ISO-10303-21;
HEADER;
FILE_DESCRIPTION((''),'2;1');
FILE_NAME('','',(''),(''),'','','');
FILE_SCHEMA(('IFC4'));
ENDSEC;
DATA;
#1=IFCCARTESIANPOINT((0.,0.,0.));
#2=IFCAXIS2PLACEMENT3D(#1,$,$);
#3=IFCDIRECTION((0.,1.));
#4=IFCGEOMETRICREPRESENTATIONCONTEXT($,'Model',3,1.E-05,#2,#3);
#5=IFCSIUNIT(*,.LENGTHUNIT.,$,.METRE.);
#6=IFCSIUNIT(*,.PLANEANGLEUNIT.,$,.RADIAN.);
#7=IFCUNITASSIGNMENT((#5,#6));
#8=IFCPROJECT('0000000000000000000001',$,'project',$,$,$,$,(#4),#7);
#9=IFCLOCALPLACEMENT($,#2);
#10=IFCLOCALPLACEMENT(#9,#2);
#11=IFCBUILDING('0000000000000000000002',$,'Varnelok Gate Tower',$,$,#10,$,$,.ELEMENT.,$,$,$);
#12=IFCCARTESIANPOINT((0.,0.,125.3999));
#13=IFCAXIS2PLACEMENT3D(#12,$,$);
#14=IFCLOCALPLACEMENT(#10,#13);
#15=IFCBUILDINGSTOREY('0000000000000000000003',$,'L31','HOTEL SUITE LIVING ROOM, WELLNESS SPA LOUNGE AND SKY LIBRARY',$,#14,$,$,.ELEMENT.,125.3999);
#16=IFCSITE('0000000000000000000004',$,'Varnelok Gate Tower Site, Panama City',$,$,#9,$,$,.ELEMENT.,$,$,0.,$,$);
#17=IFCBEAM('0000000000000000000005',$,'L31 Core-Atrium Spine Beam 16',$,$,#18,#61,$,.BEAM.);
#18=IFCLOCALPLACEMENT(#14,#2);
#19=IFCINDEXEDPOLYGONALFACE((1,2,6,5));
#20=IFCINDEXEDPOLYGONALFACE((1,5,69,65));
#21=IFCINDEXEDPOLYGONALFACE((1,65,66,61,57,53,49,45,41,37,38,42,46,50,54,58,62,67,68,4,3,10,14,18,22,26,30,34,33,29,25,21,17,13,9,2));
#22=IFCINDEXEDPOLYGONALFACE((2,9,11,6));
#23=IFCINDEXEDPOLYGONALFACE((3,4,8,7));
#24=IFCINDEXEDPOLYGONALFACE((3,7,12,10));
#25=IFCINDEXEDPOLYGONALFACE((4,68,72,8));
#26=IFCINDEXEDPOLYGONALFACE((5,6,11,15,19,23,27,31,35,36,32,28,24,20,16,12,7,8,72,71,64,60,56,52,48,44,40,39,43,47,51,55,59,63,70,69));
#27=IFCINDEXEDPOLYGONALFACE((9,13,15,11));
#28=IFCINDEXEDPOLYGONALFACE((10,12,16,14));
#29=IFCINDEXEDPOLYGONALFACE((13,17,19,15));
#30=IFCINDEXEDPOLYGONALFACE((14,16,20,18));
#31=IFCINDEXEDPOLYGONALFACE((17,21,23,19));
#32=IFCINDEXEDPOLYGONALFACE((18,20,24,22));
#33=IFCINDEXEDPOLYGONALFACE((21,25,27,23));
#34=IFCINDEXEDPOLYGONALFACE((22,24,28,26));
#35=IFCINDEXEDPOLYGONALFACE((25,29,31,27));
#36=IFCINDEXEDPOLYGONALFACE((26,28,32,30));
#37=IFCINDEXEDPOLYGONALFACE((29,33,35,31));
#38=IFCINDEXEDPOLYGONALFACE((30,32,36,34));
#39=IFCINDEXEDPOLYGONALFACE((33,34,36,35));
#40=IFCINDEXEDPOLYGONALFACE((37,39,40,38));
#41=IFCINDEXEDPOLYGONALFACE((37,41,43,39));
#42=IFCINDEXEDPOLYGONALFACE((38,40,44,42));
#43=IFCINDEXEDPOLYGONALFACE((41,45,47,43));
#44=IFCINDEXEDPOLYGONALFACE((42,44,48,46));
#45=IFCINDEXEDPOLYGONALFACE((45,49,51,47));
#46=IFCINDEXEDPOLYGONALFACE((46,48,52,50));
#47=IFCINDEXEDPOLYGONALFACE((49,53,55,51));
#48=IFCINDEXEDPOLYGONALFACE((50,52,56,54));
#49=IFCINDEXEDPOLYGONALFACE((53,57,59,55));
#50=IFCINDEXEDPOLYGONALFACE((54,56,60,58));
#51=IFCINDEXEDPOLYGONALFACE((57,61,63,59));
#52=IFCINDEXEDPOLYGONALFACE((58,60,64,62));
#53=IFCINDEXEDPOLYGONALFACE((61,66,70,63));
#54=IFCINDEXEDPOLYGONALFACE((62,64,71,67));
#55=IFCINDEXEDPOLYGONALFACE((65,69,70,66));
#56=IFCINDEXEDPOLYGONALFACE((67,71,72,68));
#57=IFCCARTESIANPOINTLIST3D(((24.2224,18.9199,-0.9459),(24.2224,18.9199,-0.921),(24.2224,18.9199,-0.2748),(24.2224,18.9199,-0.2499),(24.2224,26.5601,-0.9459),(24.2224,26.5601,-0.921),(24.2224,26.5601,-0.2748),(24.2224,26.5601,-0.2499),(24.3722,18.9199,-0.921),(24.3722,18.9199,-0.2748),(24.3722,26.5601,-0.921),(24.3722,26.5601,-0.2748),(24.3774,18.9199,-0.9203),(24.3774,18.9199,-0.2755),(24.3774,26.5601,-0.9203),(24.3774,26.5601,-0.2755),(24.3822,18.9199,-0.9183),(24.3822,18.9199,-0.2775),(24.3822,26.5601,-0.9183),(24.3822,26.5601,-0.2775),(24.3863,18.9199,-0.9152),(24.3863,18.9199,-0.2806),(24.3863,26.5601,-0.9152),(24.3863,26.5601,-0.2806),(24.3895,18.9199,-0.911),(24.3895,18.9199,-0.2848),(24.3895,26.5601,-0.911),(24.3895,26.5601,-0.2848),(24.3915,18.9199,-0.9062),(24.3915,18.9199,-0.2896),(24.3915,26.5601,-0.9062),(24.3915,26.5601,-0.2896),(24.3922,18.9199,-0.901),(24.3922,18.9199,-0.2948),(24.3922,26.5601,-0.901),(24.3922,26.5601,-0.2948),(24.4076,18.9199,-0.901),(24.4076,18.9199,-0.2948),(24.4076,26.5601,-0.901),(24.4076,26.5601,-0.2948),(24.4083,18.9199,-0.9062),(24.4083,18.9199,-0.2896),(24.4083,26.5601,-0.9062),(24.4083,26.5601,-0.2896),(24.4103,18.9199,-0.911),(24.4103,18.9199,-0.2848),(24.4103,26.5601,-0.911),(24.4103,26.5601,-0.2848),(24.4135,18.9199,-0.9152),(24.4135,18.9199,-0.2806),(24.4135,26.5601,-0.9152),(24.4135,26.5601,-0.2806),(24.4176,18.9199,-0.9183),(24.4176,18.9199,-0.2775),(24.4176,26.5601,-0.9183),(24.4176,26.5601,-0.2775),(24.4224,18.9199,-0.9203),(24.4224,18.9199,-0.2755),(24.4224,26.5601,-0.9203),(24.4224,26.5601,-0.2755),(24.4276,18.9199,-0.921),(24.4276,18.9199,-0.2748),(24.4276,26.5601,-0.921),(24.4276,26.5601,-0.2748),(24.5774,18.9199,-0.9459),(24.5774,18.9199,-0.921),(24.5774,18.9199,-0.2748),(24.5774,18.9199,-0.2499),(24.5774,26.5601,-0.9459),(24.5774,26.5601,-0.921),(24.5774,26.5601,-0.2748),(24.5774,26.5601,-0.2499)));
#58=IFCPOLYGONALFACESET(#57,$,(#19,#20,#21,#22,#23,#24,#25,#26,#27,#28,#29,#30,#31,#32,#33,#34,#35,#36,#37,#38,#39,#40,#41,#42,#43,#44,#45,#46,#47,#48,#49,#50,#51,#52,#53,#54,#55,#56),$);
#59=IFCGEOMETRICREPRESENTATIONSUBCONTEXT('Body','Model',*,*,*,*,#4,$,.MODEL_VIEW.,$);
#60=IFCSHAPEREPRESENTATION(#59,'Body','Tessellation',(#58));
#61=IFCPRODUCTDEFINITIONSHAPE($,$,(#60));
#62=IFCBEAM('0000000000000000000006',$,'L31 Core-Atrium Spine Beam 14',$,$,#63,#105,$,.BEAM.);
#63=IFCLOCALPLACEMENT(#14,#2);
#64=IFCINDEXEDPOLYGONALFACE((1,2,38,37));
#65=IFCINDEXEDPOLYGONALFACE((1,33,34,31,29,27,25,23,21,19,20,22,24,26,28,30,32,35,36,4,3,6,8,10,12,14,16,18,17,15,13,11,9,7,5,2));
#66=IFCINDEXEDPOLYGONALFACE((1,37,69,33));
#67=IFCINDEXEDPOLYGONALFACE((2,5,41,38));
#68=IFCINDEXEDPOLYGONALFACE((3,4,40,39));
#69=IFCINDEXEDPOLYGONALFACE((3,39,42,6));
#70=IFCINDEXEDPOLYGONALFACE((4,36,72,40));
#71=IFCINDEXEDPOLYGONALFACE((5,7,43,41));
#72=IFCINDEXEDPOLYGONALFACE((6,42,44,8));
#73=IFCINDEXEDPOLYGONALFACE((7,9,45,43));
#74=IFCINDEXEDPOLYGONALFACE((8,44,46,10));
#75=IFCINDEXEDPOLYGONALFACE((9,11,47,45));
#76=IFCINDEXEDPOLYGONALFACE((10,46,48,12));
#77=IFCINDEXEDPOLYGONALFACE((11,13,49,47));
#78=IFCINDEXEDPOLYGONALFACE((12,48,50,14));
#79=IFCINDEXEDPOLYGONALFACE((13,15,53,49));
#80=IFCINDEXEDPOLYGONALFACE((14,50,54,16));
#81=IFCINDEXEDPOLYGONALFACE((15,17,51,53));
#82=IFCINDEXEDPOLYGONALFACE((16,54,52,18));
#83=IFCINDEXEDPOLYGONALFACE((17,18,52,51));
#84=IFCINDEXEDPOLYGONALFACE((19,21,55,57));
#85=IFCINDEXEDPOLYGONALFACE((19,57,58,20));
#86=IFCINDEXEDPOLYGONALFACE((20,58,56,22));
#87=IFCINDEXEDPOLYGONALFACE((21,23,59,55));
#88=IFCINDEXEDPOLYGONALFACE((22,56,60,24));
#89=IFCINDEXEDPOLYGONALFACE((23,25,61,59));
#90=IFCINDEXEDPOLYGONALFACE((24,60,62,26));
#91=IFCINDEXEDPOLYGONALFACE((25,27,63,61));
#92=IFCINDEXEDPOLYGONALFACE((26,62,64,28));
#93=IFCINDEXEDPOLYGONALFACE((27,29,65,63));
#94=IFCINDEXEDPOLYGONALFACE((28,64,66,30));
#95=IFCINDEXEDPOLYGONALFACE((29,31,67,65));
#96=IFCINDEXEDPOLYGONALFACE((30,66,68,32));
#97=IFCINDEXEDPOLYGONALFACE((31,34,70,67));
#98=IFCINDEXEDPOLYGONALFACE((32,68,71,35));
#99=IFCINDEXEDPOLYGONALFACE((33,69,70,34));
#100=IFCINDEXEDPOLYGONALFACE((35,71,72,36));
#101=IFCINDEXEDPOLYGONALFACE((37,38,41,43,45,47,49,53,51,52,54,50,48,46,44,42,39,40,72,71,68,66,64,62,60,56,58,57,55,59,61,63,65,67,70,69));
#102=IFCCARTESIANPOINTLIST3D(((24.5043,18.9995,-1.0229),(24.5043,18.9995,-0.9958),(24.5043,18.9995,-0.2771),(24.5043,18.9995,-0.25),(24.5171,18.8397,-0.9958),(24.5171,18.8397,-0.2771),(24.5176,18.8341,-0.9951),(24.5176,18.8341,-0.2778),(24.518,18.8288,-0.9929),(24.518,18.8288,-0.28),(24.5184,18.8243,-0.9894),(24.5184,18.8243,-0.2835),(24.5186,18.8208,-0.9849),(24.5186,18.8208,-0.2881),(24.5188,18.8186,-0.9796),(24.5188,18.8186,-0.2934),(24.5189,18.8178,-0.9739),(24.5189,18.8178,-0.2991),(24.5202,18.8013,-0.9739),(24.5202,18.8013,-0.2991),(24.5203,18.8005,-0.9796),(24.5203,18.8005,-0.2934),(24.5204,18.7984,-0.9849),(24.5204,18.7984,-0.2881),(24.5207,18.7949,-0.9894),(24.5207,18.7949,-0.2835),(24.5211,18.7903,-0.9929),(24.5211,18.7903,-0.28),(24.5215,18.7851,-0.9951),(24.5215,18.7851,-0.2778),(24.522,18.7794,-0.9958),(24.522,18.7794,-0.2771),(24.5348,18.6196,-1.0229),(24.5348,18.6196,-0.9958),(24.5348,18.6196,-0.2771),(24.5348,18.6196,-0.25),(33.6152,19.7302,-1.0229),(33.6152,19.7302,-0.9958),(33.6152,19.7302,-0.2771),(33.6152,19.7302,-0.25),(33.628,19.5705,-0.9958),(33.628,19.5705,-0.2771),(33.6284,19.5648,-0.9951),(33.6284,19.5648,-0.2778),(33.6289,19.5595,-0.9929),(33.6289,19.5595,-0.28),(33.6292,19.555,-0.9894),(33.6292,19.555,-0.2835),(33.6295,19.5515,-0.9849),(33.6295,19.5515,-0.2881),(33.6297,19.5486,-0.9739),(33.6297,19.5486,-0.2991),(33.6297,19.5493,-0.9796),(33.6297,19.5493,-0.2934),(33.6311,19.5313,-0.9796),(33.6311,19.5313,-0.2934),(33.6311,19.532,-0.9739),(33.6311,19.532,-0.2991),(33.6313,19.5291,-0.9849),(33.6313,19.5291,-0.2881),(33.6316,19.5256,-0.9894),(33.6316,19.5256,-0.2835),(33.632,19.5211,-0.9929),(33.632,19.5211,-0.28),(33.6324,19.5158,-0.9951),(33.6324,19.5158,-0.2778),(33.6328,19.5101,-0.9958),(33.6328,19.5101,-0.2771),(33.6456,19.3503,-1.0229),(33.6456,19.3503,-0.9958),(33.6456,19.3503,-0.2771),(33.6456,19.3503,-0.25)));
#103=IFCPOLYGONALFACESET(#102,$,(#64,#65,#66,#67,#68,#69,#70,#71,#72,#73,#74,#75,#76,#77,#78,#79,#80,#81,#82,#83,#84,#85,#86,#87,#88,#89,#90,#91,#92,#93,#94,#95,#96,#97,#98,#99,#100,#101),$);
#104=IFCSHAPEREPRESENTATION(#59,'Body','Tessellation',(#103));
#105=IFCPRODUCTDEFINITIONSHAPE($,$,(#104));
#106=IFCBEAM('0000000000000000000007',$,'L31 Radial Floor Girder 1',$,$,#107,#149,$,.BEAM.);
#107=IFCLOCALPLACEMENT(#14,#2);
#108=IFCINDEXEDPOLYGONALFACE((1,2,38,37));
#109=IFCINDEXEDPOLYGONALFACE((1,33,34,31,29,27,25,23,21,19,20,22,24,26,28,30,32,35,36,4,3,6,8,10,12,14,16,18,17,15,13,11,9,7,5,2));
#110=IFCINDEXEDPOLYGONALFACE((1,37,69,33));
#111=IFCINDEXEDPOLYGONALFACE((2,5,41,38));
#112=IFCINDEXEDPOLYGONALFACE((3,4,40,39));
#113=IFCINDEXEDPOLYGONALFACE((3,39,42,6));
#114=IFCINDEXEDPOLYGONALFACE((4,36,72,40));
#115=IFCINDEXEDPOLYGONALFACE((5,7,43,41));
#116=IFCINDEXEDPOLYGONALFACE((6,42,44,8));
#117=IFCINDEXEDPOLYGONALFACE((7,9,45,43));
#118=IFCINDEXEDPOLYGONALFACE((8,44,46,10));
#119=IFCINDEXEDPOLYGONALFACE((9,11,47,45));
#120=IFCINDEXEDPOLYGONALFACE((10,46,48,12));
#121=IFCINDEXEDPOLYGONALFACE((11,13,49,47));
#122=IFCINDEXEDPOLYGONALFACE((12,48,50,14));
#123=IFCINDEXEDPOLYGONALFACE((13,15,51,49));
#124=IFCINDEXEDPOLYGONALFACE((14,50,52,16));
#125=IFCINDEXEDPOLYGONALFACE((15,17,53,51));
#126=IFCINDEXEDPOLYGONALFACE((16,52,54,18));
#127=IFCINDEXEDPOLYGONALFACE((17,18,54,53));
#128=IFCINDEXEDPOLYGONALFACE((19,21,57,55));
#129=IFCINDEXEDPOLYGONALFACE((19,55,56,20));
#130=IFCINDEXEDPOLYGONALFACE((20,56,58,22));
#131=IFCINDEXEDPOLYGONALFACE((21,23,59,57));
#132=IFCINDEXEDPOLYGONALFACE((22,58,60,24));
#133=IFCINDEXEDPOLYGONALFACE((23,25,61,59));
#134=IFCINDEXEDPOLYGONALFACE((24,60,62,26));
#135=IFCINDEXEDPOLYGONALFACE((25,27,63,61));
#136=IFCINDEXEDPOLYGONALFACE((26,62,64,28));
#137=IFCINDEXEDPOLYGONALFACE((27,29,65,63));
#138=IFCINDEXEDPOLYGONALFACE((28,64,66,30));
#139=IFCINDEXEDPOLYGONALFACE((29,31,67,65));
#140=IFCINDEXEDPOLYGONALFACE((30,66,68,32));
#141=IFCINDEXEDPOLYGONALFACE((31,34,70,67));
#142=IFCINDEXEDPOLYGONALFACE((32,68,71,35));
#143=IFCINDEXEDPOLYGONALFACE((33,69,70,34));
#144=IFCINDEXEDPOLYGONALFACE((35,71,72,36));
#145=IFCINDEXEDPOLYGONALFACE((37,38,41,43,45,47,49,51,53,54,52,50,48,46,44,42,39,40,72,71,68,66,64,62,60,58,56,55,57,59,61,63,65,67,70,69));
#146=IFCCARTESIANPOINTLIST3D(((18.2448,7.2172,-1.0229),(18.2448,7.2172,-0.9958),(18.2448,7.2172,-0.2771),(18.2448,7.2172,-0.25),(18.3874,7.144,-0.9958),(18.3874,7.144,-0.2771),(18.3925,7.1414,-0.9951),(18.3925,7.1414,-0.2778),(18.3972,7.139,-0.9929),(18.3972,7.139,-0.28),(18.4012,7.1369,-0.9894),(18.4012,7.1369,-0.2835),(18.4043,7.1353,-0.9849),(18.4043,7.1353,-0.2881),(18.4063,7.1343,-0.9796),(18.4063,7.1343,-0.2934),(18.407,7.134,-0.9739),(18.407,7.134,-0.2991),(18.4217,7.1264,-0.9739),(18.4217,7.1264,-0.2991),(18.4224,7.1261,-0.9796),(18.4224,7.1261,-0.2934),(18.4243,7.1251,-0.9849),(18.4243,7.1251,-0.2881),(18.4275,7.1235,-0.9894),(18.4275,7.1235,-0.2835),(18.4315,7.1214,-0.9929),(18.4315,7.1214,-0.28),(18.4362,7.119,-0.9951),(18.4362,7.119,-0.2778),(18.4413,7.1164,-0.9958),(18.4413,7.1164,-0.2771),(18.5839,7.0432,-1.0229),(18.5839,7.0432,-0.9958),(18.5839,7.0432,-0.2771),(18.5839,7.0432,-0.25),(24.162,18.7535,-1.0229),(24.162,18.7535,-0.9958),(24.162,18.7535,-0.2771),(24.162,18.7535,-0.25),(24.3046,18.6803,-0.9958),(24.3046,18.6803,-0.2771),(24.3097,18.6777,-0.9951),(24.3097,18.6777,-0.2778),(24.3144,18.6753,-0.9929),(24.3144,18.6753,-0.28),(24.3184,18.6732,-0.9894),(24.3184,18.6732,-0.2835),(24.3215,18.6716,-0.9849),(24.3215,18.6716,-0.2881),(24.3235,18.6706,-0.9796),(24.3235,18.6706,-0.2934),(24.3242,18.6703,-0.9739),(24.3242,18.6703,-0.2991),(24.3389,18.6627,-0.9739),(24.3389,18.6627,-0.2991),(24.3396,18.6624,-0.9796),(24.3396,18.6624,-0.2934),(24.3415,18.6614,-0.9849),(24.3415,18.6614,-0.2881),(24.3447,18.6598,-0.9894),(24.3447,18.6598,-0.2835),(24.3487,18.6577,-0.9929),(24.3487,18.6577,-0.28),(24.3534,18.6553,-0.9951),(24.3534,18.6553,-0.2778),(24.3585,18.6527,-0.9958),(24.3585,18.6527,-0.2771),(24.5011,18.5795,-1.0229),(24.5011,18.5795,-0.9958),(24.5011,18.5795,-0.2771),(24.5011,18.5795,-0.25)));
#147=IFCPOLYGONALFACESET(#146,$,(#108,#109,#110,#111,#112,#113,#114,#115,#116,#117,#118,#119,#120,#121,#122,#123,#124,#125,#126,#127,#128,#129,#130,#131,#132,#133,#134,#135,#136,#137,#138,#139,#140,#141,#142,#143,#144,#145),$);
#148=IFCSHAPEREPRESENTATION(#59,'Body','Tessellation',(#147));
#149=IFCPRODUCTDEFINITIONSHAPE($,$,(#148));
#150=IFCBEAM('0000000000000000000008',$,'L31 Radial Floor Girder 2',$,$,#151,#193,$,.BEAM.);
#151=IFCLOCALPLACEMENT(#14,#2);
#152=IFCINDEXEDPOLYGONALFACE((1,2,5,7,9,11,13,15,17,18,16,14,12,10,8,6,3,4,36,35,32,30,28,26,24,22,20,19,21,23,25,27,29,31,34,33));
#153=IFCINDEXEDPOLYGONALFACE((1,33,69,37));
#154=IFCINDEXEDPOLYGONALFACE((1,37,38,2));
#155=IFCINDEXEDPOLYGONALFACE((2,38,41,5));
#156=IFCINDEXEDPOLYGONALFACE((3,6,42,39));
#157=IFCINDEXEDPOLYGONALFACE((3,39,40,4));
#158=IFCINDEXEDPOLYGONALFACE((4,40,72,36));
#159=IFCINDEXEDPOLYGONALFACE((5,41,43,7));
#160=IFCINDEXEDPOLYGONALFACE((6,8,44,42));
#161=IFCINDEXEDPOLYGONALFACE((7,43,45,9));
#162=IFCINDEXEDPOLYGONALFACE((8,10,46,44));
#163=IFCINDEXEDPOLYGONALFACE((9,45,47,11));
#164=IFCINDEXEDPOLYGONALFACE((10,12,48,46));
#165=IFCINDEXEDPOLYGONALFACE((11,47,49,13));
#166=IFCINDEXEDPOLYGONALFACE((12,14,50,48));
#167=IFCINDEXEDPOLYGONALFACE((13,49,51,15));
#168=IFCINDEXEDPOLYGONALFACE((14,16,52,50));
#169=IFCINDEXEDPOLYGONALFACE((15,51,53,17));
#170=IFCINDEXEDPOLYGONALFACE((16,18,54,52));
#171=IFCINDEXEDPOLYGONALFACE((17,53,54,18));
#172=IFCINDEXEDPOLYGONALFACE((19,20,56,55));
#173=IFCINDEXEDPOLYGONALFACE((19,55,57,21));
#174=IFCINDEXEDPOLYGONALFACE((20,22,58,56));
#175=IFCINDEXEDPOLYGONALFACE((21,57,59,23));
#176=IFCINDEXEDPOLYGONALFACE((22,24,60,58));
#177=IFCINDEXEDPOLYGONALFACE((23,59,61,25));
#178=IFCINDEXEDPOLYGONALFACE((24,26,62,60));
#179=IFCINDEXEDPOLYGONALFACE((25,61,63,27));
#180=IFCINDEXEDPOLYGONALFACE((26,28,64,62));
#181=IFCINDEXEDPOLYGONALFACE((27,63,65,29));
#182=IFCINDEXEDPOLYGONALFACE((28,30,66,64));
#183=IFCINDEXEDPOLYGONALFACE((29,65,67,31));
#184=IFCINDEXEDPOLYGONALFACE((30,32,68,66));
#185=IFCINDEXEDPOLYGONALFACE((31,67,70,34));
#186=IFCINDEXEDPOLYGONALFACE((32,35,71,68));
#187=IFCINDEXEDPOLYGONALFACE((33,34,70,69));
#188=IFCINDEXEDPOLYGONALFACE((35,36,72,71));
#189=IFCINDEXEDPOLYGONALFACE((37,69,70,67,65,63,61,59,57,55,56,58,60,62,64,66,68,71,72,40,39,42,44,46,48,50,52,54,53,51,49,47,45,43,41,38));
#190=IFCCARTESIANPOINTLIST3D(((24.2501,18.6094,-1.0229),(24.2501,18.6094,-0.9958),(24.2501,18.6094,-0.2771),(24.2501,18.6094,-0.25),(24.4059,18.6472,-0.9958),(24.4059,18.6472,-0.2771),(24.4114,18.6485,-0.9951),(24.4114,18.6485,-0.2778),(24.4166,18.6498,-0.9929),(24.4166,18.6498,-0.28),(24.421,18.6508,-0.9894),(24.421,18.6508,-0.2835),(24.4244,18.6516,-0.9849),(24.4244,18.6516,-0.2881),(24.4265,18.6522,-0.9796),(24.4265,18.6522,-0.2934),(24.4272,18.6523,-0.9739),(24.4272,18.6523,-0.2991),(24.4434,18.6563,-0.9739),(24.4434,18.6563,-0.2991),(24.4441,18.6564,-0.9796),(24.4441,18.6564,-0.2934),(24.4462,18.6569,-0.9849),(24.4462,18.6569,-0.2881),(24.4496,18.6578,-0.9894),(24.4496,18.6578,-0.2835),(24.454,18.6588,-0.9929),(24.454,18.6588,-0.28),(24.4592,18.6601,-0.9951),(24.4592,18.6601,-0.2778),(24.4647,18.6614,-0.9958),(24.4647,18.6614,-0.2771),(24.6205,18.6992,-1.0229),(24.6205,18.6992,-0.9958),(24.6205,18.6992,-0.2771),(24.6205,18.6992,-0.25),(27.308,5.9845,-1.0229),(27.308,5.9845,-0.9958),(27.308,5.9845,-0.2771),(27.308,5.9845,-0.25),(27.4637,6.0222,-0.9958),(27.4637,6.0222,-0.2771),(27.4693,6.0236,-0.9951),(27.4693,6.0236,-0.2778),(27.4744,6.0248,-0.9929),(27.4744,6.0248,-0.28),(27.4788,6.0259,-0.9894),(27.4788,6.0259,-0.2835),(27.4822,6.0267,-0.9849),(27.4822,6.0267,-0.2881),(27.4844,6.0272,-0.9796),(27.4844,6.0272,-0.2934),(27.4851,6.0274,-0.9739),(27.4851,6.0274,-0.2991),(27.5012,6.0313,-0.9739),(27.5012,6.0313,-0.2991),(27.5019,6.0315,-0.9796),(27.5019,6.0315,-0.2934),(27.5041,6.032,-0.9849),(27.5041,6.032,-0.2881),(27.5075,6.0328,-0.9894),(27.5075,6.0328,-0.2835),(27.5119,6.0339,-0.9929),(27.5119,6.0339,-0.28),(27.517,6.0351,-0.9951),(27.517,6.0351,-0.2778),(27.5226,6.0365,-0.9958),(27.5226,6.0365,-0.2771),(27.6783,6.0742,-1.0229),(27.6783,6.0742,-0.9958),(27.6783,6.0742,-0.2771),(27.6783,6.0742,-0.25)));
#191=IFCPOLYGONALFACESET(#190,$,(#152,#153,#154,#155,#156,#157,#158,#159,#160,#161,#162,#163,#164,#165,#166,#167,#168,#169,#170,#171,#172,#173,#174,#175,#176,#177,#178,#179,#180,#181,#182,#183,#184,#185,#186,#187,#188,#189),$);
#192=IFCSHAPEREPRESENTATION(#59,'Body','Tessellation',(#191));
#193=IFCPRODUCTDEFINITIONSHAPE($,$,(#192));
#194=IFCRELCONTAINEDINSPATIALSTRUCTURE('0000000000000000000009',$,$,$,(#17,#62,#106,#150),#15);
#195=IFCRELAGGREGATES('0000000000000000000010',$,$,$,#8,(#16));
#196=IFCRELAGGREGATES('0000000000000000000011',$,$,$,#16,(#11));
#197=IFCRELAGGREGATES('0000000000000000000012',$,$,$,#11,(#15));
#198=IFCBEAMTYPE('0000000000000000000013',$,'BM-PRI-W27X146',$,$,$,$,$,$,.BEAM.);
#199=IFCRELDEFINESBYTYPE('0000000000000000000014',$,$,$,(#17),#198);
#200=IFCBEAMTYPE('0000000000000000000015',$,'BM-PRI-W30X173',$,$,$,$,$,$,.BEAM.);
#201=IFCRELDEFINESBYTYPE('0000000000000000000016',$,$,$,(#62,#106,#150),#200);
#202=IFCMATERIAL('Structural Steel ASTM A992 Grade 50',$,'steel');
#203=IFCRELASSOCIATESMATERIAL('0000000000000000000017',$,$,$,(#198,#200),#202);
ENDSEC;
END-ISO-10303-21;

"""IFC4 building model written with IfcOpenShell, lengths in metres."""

from ifc_helpers import new_model, si_unit, direction, frame, origin, origin_2d, place, context, subcontext, project, spatial, i_section, extrude, material, material_profile, profile_set, type_object, element, save


model = new_model("IFC4")

# Units and contexts
model_context = context("Model", 3, precision=1e-05, world=origin(), true_north=direction((0.0, 1.0)))
body_context = subcontext(model_context, "Body", "Model", "MODEL_VIEW")
ifc_project = project(units=[si_unit("LENGTHUNIT", "METRE"), si_unit("PLANEANGLEUNIT", "RADIAN")], contexts=[model_context])

# Site, building, storey
site_placement = place(None, origin())
site = spatial("IfcSite", under=ifc_project, at=site_placement, Name="Varnelok Gate Tower Site, Panama City", CompositionType="ELEMENT", RefElevation=0.0)
building_placement = place(site_placement, origin())
building = spatial("IfcBuilding", under=site, at=building_placement, Name="Varnelok Gate Tower", CompositionType="ELEMENT")
storey_placement = place(building_placement, frame((0.0, 0.0, 125.3999)))
storey = spatial("IfcBuildingStorey", under=building, at=storey_placement, Name="L31", Description="HOTEL SUITE LIVING ROOM, WELLNESS SPA LOUNGE AND SKY LIBRARY", CompositionType="ELEMENT", Elevation=125.3999)

# Shared definitions
ifc_material_1 = material(Name="Structural Steel ASTM A992 Grade 50", Category="steel")

# Beams
ifc_material_profile_1 = material_profile(ifc_material_1, i_section(OverallWidth=0.355, OverallDepth=0.696, WebThickness=0.0154, FlangeThickness=0.0249, FilletRadius=0.02, at=origin_2d()), Name="W27X146")
ifc_profile_set_1 = profile_set([ifc_material_profile_1], Name="Structural Steel ASTM A992 Grade 50")
beam_type_1 = type_object("IfcBeamType", Name="BM-PRI-W27X146", PredefinedType="BEAM", material=ifc_profile_set_1)
beam_1_placement = place(storey_placement, frame((24.3999, 18.9199, -0.5979), z_axis=(0.0, 1.0, 0.0), x_axis=(-1.0, 0.0, 0.0)))
element("IfcBeam", 1, at=beam_1_placement, inside=storey, type_object=beam_type_1, Name="L31 Core-Atrium Spine Beam 16", PredefinedType="BEAM", context=body_context, shape_type="SweptSolid", body=[
    extrude(i_section(OverallWidth=0.355, OverallDepth=0.696, WebThickness=0.0154, FlangeThickness=0.0249, FilletRadius=0.02, at=origin_2d()), origin(), (0.0, 0.0, 1.0), 7.6401),
])
ifc_material_profile_2 = material_profile(ifc_material_1, i_section(OverallWidth=0.3811, OverallDepth=0.7729, WebThickness=0.0166, FlangeThickness=0.0271, FilletRadius=0.022, at=origin_2d()), Name="W30X173")
ifc_profile_set_2 = profile_set([ifc_material_profile_2], Name="Structural Steel ASTM A992 Grade 50")
beam_type_2 = type_object("IfcBeamType", Name="BM-PRI-W30X173", PredefinedType="BEAM", material=ifc_profile_set_2)
beam_2_placement = place(storey_placement, frame((24.5195, 18.8096, -0.6365), z_axis=(0.996799, 0.079946, 0.0), x_axis=(-0.079946, 0.996799, 0.0)))
element("IfcBeam", 2, at=beam_2_placement, inside=storey, type_object=beam_type_2, Name="L31 Core-Atrium Spine Beam 14", PredefinedType="BEAM", context=body_context, shape_type="SweptSolid", body=[
    extrude(i_section(OverallWidth=0.3811, OverallDepth=0.7729, WebThickness=0.0166, FlangeThickness=0.0271, FilletRadius=0.022, at=origin_2d()), origin(), (0.0, 0.0, 1.0), 9.1401),
])
beam_3_placement = place(storey_placement, frame((24.3315, 18.6665, -0.6365), z_axis=(-0.456387, -0.889782, 0.0), x_axis=(0.889782, -0.456387, 0.0)))
element("IfcBeam", 3, at=beam_3_placement, inside=storey, type_object=beam_type_2, Name="L31 Radial Floor Girder 1", PredefinedType="BEAM", context=body_context, shape_type="SweptSolid", body=[
    extrude(i_section(OverallWidth=0.3811, OverallDepth=0.7729, WebThickness=0.0166, FlangeThickness=0.0271, FilletRadius=0.022, at=origin_2d()), origin(), (0.0, 0.0, 1.0), 12.9653),
])
beam_4_placement = place(storey_placement, frame((24.4353, 18.6543, -0.6365), z_axis=(0.2354, -0.971898, 0.0), x_axis=(0.971898, 0.2354, 0.0)))
element("IfcBeam", 4, at=beam_4_placement, inside=storey, type_object=beam_type_2, Name="L31 Radial Floor Girder 2", PredefinedType="BEAM", context=body_context, shape_type="SweptSolid", body=[
    extrude(i_section(OverallWidth=0.3811, OverallDepth=0.7729, WebThickness=0.0166, FlangeThickness=0.0271, FilletRadius=0.022, at=origin_2d()), origin(), (0.0, 0.0, 1.0), 12.99),
])

save(model, "model.ifc")
